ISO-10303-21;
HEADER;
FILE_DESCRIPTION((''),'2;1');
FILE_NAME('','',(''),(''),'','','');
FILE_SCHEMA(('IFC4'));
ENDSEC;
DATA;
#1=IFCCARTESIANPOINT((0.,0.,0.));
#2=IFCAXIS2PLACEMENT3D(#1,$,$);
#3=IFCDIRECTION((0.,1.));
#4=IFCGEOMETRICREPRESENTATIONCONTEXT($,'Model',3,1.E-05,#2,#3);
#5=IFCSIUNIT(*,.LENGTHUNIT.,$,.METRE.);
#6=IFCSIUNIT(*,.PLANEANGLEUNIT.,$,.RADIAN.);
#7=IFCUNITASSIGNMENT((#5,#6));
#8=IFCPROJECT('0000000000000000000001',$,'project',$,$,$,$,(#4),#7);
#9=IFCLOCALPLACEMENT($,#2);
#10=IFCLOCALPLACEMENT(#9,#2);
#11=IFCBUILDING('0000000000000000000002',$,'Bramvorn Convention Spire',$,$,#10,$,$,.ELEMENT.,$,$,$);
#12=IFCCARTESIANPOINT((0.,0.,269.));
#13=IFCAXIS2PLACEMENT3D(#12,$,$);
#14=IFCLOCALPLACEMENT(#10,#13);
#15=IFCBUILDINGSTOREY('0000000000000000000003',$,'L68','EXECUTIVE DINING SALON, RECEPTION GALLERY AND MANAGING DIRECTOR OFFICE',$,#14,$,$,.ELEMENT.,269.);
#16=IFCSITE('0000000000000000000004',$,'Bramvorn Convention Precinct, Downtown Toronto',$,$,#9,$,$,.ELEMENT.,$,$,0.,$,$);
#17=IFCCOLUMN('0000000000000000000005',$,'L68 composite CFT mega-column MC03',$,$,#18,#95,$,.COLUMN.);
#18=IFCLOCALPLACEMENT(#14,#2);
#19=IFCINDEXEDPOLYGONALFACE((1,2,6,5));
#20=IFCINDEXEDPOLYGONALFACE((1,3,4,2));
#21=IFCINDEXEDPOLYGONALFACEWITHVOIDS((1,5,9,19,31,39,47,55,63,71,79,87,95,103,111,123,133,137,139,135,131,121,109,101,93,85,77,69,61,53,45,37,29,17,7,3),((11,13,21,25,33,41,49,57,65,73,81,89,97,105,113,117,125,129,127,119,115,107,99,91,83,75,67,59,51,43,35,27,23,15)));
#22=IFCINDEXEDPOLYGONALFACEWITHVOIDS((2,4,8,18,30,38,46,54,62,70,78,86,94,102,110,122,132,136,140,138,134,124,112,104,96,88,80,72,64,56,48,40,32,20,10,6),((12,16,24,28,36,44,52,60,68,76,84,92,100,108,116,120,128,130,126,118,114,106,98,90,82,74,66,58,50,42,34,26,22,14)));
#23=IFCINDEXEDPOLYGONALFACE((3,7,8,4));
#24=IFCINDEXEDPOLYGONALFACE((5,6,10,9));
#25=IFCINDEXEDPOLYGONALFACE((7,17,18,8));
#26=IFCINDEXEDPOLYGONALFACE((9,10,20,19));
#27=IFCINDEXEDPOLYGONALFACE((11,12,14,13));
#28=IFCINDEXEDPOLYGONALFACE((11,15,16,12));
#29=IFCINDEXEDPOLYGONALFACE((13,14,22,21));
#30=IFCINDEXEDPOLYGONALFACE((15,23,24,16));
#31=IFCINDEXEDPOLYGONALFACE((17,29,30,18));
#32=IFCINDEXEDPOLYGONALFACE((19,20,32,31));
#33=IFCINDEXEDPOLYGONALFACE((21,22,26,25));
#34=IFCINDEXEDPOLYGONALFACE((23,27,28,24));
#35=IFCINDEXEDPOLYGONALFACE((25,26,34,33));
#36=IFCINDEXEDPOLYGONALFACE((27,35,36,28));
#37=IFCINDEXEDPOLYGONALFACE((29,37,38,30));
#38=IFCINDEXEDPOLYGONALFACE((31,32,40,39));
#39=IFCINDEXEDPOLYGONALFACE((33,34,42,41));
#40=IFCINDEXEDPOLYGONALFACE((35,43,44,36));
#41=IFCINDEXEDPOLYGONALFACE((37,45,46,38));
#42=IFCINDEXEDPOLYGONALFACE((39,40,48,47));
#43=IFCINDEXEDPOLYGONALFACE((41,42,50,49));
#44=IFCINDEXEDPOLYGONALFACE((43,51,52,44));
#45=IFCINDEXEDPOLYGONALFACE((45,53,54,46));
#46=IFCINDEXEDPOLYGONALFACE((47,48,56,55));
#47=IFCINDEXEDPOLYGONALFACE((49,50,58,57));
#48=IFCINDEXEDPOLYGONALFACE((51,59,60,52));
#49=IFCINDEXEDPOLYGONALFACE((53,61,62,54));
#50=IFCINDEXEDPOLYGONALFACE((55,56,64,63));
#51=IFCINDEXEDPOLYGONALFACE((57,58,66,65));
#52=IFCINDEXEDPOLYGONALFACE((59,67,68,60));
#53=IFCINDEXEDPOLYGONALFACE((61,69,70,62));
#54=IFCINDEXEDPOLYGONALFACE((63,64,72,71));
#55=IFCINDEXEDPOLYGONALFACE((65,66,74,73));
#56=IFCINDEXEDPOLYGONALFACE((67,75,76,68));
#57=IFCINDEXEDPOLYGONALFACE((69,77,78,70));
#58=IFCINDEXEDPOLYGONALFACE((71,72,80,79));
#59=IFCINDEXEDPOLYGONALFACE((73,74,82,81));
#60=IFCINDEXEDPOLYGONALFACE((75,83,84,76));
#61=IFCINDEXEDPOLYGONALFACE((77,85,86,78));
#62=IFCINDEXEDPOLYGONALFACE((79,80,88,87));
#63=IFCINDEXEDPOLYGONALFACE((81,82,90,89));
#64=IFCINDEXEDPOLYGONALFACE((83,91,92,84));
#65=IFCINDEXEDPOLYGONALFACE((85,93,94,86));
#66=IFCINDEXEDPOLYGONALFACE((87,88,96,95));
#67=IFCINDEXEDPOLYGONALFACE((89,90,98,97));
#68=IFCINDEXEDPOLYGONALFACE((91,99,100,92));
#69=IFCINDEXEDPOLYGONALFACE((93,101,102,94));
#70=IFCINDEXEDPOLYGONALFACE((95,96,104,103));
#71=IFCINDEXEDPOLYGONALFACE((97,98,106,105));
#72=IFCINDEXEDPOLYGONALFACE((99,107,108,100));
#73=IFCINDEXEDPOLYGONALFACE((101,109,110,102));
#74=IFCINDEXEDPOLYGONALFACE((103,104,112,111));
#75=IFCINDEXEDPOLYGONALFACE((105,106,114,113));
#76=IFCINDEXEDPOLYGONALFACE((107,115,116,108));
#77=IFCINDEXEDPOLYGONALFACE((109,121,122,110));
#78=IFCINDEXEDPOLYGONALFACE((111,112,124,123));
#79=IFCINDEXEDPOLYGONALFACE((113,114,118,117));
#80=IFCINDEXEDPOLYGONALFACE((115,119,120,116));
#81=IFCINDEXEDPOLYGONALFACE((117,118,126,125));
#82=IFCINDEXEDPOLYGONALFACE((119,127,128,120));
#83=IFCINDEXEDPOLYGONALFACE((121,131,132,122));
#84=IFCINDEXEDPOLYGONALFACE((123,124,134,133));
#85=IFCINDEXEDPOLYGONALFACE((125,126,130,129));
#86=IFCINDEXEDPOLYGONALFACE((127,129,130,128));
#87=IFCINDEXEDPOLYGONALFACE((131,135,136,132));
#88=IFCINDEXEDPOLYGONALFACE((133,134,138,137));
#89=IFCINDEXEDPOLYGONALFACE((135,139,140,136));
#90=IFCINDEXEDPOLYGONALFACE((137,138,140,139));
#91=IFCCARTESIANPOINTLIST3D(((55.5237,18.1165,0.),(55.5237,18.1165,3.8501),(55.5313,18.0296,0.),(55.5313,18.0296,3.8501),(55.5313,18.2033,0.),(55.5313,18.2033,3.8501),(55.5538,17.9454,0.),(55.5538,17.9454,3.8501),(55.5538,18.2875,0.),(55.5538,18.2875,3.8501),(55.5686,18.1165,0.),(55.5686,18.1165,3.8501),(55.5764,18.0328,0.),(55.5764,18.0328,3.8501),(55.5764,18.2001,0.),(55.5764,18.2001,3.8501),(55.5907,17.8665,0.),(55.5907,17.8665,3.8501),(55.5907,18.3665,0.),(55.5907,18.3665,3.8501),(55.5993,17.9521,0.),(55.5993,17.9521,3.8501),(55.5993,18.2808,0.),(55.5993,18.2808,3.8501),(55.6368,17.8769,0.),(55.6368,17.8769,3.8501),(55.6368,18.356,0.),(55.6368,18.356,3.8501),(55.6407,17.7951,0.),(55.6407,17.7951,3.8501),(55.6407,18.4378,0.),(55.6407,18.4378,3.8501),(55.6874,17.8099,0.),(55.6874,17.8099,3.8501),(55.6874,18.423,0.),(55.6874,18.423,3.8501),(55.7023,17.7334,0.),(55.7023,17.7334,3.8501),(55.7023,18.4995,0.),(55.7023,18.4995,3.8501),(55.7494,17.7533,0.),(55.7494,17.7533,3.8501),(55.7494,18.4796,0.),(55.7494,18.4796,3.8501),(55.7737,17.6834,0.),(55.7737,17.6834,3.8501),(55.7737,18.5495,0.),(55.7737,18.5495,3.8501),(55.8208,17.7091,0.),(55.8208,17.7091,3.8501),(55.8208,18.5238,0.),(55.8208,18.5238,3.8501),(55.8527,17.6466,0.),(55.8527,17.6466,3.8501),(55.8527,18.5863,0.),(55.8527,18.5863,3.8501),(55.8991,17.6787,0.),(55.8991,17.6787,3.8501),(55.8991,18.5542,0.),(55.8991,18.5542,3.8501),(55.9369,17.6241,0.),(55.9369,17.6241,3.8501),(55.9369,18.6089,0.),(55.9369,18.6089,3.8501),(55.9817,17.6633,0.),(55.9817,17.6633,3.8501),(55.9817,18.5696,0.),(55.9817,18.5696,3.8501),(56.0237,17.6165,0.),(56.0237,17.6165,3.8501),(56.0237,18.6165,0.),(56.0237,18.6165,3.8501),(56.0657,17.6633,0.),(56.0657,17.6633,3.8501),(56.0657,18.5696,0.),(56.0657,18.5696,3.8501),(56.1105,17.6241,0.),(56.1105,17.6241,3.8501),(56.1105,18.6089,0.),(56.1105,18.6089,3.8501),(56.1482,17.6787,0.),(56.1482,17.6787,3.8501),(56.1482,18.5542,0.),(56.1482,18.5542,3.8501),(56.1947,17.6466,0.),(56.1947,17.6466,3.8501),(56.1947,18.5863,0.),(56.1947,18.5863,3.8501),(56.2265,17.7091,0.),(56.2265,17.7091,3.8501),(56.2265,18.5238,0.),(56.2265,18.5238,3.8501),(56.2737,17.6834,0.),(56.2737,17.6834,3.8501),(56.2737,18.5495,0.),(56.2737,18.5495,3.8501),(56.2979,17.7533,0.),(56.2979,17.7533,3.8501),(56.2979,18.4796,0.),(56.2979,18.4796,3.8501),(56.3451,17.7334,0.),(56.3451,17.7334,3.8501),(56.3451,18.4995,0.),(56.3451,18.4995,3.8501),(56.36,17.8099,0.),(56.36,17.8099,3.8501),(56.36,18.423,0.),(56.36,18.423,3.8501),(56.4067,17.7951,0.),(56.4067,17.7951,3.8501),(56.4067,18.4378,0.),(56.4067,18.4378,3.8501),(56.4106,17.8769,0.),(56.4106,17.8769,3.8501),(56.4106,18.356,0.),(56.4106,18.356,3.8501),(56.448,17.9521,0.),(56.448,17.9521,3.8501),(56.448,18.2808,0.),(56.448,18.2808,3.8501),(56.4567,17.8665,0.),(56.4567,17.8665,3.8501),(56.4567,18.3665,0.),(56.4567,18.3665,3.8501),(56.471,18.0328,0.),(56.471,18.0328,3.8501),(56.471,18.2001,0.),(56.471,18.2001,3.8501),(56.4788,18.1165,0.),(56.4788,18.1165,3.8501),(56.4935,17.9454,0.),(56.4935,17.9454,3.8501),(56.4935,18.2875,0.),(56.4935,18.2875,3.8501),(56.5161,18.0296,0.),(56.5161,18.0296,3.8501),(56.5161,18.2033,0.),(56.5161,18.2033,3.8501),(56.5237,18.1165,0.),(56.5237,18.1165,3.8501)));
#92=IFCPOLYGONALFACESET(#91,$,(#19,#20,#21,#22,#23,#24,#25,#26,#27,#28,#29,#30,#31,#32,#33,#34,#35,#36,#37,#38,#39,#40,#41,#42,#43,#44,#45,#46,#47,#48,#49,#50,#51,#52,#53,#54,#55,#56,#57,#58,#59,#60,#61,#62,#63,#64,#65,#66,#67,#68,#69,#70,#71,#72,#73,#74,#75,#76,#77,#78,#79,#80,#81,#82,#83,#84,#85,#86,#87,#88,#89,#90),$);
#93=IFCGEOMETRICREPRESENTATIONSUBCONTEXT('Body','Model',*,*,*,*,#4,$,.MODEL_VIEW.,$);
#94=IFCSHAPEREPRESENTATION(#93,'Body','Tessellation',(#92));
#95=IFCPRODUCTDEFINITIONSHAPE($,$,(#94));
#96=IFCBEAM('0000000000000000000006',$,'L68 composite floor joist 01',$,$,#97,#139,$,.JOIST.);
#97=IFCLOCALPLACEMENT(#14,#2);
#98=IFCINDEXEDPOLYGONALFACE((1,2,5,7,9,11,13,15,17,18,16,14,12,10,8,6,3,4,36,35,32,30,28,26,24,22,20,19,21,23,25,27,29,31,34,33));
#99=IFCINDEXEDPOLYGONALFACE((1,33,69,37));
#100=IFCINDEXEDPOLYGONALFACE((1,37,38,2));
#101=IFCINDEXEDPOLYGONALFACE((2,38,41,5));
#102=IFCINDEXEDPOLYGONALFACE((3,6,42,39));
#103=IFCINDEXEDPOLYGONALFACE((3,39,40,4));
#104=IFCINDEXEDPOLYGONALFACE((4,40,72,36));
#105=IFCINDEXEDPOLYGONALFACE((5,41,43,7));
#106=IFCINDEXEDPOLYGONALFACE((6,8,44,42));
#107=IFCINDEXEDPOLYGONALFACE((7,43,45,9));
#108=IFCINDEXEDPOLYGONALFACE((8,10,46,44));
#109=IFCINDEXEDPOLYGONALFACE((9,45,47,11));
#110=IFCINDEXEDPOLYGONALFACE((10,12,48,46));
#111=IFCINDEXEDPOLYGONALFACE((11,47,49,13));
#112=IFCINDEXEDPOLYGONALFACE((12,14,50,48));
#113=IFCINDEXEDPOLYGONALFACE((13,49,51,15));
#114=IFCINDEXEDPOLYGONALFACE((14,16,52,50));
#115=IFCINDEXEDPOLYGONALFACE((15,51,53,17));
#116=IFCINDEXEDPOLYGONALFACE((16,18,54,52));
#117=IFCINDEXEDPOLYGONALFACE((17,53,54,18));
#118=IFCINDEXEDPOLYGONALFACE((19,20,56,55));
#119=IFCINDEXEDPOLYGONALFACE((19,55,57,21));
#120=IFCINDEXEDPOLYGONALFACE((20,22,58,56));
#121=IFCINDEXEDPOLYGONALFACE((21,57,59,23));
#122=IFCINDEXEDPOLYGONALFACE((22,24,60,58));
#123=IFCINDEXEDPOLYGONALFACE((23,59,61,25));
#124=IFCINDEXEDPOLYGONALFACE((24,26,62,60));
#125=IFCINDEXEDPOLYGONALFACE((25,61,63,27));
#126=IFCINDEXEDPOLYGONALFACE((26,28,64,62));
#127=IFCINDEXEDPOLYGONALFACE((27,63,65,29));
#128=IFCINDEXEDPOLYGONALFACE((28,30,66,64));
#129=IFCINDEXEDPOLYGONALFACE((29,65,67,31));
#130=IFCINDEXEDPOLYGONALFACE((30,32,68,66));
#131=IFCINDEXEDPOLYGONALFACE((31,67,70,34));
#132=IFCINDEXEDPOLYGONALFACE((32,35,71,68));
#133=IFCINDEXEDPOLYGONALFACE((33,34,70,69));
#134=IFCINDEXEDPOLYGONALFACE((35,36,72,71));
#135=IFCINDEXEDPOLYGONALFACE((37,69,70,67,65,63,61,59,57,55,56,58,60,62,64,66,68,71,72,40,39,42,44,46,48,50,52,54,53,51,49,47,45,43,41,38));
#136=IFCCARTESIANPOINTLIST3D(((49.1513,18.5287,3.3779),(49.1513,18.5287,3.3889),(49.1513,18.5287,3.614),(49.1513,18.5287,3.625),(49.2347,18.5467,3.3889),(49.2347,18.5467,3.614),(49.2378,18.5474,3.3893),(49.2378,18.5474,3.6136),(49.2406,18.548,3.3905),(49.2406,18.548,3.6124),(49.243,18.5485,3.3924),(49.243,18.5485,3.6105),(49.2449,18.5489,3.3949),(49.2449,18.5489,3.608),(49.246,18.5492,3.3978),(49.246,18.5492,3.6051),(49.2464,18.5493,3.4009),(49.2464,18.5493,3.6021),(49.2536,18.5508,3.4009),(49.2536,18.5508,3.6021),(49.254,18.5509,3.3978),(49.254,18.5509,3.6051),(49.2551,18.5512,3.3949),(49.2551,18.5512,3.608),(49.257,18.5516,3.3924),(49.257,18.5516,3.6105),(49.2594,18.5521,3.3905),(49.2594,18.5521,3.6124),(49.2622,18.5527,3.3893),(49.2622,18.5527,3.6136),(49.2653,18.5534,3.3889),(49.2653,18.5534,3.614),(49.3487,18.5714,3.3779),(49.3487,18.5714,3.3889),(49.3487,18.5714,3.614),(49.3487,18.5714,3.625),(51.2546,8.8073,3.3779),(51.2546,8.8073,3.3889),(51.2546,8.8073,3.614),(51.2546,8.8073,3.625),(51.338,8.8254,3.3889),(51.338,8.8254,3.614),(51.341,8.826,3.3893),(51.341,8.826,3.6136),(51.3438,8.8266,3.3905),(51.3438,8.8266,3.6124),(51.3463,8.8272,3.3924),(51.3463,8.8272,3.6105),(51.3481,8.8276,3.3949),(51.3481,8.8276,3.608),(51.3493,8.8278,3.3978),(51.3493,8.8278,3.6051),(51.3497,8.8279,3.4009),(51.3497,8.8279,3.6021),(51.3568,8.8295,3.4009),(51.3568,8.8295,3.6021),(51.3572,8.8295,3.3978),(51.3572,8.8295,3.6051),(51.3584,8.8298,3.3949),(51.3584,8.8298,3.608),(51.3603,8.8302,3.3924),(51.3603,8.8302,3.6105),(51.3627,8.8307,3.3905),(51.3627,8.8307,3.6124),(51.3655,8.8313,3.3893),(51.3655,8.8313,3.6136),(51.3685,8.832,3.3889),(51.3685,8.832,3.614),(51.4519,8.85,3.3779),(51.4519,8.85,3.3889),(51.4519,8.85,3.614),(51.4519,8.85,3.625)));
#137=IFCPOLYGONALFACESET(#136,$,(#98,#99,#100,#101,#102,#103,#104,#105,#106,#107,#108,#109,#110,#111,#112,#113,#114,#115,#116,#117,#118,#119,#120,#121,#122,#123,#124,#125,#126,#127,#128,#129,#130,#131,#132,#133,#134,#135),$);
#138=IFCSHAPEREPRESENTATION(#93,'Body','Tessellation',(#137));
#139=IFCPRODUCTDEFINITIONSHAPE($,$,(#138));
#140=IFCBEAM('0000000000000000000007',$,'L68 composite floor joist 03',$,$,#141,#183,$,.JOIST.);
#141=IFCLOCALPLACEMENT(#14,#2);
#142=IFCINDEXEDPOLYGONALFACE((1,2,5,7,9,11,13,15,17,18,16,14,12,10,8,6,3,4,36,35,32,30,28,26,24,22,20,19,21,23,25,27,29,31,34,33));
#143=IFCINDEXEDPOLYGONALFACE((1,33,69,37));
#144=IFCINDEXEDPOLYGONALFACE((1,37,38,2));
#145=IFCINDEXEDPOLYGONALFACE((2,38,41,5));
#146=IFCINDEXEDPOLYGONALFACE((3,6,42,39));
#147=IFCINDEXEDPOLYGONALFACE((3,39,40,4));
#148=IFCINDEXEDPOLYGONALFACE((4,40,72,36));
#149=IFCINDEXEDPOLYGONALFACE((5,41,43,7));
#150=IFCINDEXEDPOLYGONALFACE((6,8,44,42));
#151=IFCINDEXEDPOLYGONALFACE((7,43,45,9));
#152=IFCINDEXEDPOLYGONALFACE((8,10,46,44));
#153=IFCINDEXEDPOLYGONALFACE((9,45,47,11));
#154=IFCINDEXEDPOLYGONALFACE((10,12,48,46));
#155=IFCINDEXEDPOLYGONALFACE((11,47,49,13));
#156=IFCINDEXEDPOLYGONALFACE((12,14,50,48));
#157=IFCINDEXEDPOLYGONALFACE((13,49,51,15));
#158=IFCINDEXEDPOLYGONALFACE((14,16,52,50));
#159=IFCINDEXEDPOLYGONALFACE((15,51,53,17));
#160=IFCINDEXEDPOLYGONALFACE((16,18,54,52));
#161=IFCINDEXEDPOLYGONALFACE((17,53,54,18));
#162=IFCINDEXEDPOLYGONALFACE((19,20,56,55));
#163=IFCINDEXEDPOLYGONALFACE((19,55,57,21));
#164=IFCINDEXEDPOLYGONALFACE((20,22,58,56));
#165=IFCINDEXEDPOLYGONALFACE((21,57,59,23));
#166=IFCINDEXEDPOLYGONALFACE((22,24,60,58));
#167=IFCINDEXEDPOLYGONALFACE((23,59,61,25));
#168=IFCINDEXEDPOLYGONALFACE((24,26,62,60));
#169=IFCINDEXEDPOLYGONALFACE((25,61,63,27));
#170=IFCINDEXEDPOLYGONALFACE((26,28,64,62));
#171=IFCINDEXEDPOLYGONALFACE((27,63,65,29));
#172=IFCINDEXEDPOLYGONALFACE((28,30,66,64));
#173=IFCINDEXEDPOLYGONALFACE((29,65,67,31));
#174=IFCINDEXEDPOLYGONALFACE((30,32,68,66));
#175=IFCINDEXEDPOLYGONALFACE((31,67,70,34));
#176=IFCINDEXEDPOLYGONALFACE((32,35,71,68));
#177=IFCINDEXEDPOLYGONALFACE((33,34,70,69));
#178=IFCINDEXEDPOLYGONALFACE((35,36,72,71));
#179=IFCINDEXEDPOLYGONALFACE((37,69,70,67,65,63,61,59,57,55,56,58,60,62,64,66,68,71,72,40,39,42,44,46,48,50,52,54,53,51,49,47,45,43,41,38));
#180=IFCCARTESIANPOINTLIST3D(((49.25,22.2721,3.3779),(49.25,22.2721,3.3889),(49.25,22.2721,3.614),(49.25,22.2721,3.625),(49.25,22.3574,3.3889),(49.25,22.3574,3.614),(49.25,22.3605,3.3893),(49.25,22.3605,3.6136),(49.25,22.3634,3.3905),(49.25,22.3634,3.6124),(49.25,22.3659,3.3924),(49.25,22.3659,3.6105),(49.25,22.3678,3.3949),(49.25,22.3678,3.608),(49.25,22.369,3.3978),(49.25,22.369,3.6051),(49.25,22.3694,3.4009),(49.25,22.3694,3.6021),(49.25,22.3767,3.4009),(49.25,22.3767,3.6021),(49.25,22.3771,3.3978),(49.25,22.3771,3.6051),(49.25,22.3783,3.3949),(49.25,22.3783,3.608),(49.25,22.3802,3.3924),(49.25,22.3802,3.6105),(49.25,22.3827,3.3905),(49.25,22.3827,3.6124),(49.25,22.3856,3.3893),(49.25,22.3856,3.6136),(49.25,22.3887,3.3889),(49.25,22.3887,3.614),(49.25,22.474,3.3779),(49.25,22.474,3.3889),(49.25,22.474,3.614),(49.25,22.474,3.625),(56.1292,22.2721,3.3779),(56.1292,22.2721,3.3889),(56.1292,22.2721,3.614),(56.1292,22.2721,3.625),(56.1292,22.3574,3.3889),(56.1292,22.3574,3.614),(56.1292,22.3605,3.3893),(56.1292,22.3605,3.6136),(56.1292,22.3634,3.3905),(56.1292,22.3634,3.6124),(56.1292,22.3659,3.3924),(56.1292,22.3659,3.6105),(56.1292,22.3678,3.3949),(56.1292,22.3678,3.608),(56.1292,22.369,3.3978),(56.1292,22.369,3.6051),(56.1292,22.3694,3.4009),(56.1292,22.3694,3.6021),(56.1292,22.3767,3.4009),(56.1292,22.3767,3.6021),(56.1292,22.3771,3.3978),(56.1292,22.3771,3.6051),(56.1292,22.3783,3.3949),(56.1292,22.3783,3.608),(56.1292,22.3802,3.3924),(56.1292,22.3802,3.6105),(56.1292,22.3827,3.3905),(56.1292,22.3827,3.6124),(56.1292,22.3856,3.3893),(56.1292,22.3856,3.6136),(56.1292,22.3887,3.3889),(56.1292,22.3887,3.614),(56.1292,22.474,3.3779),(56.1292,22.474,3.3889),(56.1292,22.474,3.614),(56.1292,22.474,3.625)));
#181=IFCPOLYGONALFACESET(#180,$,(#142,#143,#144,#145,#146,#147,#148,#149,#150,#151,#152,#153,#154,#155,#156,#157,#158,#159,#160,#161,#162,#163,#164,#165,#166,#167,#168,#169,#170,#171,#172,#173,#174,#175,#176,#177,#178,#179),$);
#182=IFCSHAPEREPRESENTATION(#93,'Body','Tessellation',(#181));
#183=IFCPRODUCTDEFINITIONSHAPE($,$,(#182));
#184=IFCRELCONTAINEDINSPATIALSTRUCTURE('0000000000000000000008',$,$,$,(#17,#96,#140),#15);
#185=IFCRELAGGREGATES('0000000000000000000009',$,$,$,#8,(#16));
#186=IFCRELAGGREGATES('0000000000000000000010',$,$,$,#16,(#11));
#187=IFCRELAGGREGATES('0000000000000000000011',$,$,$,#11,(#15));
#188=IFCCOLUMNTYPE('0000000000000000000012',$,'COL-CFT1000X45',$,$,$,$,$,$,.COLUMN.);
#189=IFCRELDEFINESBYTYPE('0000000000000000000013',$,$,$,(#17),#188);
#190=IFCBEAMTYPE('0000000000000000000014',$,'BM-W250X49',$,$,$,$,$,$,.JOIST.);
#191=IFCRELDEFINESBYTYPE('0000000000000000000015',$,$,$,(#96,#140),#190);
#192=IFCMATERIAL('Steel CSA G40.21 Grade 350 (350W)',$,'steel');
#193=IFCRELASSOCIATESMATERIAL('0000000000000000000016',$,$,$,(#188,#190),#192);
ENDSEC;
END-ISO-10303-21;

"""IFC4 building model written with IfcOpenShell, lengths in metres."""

from ifc_helpers import new_model, si_unit, direction, frame, origin, origin_2d, place, context, subcontext, project, spatial, hollow_circle, i_section, extrude, material, material_profile, profile_set, type_object, element, save


model = new_model("IFC4")

# Units and contexts
model_context = context("Model", 3, precision=1e-05, world=origin(), true_north=direction((0.0, 1.0)))
body_context = subcontext(model_context, "Body", "Model", "MODEL_VIEW")
ifc_project = project(units=[si_unit("LENGTHUNIT", "METRE"), si_unit("PLANEANGLEUNIT", "RADIAN")], contexts=[model_context])

# Site, building, storey
site_placement = place(None, origin())
site = spatial("IfcSite", under=ifc_project, at=site_placement, Name="Bramvorn Convention Precinct, Downtown Toronto", CompositionType="ELEMENT", RefElevation=0.0)
building_placement = place(site_placement, origin())
building = spatial("IfcBuilding", under=site, at=building_placement, Name="Bramvorn Convention Spire", CompositionType="ELEMENT")
storey_placement = place(building_placement, frame((0.0, 0.0, 269.0)))
storey = spatial("IfcBuildingStorey", under=building, at=storey_placement, Name="L68", Description="EXECUTIVE DINING SALON, RECEPTION GALLERY AND MANAGING DIRECTOR OFFICE", CompositionType="ELEMENT", Elevation=269.0)

# Column
ifc_material_1 = material(Name="Steel CSA G40.21 Grade 350 (350W)", Category="steel")
ifc_material_profile_1 = material_profile(ifc_material_1, hollow_circle(Radius=0.5, WallThickness=0.0449, at=origin_2d()))
ifc_profile_set_1 = profile_set([ifc_material_profile_1], Name="Steel CSA G40.21 Grade 350 (350W) - CFT1000X45")
column_type = type_object("IfcColumnType", Name="COL-CFT1000X45", PredefinedType="COLUMN", material=ifc_profile_set_1)
for number, where, z_axis, x_axis, name in (
    (1, (56.0237, 18.1165, 0.0), (0.0, 0.0, 1.0), (1.0, 0.0, 0.0), "L68 composite CFT mega-column MC03"),
):
    element("IfcColumn", number, at=place(storey_placement, frame(where, z_axis=z_axis, x_axis=x_axis)), inside=storey, type_object=column_type, Name=name, PredefinedType="COLUMN", context=body_context, shape_type="SweptSolid", body=[
        extrude(hollow_circle(Radius=0.5, WallThickness=0.0449, at=origin_2d()), origin(), (0.0, 0.0, 1.0), 3.8501),
    ])

# Beams
ifc_material_profile_2 = material_profile(ifc_material_1, i_section(OverallWidth=0.2019, OverallDepth=0.2471, WebThickness=0.0073, FlangeThickness=0.011, FilletRadius=0.012, at=origin_2d()))
ifc_profile_set_2 = profile_set([ifc_material_profile_2], Name="Steel CSA G40.21 Grade 350 (350W) - W250X49")
beam_type_1 = type_object("IfcBeamType", Name="BM-W250X49", PredefinedType="JOIST", material=ifc_profile_set_2)
beam_1_placement = place(storey_placement, frame((49.25, 18.55, 3.5015), z_axis=(0.211461, -0.977386, 0.0), x_axis=(0.977386, 0.211461, 0.0)))
element("IfcBeam", 2, at=beam_1_placement, inside=storey, type_object=beam_type_1, Name="L68 composite floor joist 01", PredefinedType="JOIST", context=body_context, shape_type="SweptSolid", body=[
    extrude(i_section(OverallWidth=0.2019, OverallDepth=0.2471, WebThickness=0.0073, FlangeThickness=0.011, FilletRadius=0.012, at=origin_2d()), origin(), (0.0, 0.0, 1.0), 9.9463),
])
beam_2_placement = place(storey_placement, frame((49.25, 22.373, 3.5015), z_axis=(1.0, 0.0, 0.0), x_axis=(0.0, 1.0, 0.0)))
element("IfcBeam", 3, at=beam_2_placement, inside=storey, type_object=beam_type_1, Name="L68 composite floor joist 03", PredefinedType="JOIST", context=body_context, shape_type="SweptSolid", body=[
    extrude(i_section(OverallWidth=0.2019, OverallDepth=0.2471, WebThickness=0.0073, FlangeThickness=0.011, FilletRadius=0.012, at=origin_2d()), origin(), (0.0, 0.0, 1.0), 6.8792),
])

save(model, "model.ifc")
